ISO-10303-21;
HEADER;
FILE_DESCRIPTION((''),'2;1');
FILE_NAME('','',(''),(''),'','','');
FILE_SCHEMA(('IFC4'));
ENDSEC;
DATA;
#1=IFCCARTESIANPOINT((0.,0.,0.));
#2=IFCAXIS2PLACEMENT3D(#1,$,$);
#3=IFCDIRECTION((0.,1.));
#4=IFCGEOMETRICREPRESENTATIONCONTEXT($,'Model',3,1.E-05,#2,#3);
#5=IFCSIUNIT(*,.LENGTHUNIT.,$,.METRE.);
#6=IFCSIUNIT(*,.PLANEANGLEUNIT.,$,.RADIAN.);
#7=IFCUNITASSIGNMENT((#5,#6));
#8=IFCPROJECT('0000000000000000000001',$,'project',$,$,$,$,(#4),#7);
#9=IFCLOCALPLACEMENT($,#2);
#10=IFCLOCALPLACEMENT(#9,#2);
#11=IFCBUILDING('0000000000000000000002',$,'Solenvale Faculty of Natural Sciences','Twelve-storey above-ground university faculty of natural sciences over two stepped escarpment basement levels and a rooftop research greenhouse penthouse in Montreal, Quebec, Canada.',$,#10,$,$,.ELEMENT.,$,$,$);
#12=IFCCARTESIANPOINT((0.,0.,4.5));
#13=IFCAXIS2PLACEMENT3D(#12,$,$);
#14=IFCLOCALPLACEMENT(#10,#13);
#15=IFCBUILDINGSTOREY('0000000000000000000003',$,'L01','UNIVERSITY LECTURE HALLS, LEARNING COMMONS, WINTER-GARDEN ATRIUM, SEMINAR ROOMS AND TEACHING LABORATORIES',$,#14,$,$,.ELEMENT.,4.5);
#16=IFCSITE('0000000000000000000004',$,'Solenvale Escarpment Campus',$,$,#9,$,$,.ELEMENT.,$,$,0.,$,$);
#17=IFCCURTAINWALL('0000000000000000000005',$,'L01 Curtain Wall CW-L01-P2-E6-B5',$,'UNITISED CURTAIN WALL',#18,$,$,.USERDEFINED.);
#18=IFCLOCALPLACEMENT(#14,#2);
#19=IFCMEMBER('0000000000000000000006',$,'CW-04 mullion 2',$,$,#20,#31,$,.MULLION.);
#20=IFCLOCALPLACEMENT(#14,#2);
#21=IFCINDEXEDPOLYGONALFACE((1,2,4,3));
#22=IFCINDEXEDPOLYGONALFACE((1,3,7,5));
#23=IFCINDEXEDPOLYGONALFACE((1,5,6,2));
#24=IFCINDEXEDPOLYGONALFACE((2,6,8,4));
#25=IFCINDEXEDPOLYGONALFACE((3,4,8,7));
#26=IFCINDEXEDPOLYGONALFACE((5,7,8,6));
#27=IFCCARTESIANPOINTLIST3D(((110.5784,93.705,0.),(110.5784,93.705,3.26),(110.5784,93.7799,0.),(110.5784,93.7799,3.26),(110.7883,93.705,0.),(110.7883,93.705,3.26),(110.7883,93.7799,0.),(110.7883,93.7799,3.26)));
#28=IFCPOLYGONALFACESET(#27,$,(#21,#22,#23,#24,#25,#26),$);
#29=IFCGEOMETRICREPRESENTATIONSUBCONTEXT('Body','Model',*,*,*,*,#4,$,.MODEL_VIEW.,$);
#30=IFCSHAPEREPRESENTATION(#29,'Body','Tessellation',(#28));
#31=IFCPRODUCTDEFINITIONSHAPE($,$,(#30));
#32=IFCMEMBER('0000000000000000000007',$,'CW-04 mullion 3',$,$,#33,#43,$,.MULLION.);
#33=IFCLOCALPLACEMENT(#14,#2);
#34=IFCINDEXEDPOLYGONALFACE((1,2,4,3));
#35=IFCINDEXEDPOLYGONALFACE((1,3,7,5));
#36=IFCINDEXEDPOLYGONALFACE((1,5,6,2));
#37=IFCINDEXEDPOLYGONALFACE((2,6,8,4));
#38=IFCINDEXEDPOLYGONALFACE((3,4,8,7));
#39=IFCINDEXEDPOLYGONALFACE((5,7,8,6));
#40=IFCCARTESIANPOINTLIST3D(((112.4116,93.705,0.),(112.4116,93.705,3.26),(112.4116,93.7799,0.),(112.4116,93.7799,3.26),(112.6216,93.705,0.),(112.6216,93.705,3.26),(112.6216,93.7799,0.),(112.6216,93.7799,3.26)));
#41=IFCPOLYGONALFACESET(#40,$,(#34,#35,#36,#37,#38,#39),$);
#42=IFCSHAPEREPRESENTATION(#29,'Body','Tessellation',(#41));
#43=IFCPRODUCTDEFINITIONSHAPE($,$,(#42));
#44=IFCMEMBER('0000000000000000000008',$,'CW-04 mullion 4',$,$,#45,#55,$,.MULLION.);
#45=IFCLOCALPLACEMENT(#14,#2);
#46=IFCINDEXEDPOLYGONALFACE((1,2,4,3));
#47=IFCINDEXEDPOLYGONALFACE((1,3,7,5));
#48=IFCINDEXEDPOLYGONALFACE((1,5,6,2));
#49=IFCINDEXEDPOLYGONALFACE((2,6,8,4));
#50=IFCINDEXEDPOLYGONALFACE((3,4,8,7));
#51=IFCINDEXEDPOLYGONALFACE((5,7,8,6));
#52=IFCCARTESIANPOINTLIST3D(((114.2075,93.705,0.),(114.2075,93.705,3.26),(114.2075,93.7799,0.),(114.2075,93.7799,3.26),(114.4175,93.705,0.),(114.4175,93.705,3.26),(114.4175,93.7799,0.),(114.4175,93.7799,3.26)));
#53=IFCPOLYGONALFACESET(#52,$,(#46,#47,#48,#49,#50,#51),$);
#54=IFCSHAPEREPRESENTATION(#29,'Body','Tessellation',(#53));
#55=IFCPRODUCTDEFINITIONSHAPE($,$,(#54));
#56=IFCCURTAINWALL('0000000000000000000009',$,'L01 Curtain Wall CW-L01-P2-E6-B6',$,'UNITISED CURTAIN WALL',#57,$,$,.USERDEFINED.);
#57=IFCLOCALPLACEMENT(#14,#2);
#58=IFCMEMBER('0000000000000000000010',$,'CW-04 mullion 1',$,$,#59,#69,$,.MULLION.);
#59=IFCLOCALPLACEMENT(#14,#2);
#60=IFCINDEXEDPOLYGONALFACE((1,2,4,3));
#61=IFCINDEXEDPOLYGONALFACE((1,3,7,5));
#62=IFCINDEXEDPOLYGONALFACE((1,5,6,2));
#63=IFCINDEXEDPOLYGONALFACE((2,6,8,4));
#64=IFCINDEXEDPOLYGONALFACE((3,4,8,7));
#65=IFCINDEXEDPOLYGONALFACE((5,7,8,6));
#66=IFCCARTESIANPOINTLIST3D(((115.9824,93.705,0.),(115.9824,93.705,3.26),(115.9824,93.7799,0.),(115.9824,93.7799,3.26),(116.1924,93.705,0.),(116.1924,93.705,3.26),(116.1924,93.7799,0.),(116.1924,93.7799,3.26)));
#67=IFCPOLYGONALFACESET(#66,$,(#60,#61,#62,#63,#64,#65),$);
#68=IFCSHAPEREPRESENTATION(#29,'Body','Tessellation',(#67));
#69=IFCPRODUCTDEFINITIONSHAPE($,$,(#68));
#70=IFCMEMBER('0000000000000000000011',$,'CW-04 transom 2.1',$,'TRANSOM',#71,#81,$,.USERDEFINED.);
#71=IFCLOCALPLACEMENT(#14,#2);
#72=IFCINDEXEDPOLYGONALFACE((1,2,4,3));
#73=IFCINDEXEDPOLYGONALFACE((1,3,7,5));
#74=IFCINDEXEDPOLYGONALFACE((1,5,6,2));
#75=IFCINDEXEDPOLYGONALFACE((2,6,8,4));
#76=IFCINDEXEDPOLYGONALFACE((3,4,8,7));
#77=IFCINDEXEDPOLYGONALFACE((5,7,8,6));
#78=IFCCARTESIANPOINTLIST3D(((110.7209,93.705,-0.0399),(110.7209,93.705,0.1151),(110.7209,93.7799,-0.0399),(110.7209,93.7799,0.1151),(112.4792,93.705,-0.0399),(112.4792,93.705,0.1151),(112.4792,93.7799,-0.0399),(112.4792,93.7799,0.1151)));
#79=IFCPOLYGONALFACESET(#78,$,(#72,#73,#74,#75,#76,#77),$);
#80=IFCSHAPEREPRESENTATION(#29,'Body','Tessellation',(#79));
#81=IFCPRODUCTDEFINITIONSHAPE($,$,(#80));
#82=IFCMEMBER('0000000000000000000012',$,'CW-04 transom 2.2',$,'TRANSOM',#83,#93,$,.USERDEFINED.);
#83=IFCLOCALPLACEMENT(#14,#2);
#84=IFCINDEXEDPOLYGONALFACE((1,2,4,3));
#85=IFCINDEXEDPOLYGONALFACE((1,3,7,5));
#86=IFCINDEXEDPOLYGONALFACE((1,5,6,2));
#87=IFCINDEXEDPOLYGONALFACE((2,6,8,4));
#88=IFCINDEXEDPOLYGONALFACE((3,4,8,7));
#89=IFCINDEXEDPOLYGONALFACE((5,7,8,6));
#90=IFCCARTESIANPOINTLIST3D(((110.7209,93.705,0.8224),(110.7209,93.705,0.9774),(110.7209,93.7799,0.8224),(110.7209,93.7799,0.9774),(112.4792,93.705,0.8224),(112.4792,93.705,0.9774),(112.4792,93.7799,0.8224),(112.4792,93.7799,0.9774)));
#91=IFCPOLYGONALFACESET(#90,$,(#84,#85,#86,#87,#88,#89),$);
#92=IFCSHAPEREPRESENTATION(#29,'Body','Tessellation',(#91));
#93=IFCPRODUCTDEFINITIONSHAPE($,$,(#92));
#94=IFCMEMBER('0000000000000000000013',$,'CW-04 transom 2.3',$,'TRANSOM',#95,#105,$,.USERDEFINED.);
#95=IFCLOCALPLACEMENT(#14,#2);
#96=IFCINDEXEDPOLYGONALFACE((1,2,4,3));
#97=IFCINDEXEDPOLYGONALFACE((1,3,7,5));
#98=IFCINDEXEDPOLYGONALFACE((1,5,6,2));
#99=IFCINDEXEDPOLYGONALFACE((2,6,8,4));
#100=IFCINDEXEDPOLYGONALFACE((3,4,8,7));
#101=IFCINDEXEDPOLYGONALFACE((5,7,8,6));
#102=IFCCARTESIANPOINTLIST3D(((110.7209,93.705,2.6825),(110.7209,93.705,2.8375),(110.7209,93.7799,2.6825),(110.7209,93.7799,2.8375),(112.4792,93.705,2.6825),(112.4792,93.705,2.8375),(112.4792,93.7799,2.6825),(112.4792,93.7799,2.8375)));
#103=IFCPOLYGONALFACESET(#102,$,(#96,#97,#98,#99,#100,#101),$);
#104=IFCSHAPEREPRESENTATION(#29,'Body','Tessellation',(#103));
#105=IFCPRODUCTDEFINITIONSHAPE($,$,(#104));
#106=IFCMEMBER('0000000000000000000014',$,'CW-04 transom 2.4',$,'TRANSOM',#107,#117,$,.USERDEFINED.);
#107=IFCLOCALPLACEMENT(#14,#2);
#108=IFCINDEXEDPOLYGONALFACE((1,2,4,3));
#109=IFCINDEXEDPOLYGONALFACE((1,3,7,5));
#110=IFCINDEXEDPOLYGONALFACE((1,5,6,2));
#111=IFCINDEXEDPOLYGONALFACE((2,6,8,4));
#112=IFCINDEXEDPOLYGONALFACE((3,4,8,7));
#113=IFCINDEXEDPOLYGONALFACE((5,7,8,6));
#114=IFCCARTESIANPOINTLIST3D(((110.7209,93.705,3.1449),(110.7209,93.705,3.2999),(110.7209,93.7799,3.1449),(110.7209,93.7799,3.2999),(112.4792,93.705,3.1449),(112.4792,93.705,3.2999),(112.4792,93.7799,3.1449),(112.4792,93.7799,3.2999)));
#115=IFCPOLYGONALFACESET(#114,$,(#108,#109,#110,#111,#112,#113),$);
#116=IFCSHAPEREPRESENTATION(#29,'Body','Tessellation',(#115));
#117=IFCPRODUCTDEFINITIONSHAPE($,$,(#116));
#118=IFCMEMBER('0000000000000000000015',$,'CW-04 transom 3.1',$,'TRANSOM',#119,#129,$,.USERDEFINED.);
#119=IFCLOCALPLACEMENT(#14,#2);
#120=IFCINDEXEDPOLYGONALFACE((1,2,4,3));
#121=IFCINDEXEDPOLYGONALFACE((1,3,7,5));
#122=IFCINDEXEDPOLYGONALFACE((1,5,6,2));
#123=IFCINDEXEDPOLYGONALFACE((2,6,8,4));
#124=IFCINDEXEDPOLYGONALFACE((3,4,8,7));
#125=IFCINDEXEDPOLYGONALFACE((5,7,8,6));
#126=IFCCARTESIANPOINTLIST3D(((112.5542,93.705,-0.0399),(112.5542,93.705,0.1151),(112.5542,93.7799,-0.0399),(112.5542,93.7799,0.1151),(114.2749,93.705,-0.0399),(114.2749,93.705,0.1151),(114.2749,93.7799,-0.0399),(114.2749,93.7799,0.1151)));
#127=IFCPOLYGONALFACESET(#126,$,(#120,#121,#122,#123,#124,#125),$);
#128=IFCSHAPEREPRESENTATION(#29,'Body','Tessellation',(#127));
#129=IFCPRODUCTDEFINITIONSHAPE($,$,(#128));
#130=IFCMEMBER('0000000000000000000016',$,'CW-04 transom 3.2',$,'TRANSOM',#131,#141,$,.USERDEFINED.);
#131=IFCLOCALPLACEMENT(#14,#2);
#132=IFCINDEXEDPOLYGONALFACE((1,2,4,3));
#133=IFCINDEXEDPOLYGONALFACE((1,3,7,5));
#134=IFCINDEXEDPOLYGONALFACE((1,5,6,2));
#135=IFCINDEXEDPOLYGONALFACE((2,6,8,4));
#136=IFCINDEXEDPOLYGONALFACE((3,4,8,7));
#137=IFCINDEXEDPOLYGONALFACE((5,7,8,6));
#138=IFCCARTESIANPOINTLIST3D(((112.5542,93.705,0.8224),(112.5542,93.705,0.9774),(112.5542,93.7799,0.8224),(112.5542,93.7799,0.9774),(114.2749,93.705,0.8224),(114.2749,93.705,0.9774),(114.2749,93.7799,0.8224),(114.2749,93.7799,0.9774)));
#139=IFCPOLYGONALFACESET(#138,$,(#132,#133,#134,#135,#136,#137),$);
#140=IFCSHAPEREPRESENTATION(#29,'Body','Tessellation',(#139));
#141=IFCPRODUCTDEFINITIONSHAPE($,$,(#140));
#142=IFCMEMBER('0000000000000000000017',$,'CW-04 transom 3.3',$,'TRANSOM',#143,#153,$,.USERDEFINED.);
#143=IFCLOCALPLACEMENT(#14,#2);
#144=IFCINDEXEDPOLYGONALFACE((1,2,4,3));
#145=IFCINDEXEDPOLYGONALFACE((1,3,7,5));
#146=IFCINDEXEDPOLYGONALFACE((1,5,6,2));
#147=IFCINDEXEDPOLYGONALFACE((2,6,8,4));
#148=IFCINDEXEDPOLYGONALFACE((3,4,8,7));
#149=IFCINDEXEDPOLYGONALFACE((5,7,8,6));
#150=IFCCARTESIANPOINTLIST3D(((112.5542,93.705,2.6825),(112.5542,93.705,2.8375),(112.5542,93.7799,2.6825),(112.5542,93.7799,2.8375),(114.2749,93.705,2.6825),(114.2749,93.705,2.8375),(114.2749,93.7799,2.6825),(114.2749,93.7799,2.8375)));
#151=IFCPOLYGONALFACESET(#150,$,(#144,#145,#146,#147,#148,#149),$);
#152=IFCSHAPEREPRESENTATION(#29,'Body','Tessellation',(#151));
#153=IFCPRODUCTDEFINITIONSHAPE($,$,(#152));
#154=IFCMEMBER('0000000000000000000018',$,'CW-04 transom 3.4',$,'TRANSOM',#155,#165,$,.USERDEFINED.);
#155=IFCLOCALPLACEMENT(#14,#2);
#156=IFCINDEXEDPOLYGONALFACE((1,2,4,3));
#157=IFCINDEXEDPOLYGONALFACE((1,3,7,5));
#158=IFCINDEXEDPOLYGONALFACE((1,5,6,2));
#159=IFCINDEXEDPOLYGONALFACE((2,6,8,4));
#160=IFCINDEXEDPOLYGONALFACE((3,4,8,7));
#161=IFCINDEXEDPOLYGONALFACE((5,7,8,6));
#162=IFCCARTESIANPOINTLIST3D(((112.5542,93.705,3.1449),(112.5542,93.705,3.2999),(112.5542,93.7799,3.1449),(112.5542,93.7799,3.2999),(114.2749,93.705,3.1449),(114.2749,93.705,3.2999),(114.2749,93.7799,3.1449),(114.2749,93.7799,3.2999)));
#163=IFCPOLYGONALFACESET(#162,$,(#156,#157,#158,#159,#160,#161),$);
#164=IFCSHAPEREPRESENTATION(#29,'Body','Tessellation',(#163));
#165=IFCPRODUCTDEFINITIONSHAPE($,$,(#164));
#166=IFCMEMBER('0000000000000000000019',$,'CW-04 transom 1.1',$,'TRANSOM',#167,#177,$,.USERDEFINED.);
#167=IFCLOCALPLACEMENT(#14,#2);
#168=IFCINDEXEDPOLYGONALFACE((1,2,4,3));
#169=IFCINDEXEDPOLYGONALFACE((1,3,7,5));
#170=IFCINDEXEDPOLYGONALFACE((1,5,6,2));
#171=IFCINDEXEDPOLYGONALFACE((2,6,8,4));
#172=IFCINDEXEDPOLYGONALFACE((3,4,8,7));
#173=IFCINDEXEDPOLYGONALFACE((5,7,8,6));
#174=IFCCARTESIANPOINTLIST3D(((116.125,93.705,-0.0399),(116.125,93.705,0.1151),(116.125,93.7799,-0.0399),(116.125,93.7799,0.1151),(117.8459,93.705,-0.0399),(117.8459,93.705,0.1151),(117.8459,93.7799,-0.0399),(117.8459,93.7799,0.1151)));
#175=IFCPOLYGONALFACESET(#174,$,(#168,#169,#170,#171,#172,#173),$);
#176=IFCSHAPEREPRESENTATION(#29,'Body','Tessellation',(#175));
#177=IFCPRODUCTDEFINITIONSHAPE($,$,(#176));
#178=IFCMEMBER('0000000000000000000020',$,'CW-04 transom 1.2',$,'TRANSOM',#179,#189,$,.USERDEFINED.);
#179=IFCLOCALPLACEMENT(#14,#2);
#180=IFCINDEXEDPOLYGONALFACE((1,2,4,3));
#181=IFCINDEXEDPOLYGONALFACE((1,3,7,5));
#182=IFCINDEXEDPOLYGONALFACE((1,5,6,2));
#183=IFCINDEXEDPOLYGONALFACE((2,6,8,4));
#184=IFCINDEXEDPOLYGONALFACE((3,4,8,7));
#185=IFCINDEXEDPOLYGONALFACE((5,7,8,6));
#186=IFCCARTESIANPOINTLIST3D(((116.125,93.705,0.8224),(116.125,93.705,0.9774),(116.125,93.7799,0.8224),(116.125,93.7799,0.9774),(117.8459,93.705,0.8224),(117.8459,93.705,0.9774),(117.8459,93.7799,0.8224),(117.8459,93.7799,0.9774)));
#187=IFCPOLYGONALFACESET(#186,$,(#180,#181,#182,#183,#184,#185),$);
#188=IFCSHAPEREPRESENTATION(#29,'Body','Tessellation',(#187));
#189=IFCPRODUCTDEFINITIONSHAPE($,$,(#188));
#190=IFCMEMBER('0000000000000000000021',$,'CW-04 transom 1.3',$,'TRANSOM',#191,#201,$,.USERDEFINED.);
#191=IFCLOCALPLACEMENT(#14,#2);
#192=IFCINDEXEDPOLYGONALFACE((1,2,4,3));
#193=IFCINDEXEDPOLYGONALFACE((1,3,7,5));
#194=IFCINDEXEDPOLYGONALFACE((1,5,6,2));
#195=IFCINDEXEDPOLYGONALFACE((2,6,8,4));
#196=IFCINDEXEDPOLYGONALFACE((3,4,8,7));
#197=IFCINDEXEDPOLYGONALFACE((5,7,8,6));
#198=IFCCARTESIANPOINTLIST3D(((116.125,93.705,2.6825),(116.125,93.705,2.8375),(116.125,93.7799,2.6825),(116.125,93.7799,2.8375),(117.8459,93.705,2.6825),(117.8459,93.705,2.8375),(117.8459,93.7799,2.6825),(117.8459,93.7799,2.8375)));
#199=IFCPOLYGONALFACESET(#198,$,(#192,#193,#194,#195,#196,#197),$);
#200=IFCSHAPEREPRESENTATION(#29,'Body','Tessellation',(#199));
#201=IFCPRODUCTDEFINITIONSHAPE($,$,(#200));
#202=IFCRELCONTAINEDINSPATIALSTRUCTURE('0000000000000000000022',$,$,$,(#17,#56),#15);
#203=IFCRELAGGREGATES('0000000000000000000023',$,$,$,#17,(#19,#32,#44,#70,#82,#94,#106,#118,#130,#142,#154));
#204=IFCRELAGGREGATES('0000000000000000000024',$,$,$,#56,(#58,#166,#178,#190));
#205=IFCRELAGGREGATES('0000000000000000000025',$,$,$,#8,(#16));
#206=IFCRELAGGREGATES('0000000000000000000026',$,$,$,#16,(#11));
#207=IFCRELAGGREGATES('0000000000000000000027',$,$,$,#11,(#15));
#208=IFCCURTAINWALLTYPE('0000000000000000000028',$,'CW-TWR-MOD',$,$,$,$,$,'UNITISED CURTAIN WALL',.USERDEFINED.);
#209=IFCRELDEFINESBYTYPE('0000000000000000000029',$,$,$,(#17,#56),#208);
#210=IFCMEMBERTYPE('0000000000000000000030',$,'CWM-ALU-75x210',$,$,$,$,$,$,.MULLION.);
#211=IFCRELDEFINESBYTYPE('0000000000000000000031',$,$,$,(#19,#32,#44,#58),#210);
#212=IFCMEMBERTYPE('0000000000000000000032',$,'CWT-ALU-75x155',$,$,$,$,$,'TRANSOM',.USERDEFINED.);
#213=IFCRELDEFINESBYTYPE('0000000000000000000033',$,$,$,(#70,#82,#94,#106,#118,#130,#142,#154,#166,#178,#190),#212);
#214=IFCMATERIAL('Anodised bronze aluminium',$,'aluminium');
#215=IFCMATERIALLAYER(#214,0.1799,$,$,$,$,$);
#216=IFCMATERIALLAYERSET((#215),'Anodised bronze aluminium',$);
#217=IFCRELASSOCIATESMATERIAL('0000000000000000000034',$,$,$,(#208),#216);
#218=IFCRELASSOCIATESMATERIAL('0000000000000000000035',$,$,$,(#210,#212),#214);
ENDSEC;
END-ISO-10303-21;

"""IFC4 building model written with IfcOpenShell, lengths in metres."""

from ifc_helpers import new_model, si_unit, direction, frame, origin, origin_2d, place, context, subcontext, project, spatial, rectangle, extrude, material, layer, layer_set, material_profile, profile_set, type_object, element, aggregate, save


model = new_model("IFC4")

# Units and contexts
model_context = context("Model", 3, precision=1e-05, world=origin(), true_north=direction((0.0, 1.0)))
body_context = subcontext(model_context, "Body", "Model", "MODEL_VIEW")
ifc_project = project(units=[si_unit("LENGTHUNIT", "METRE"), si_unit("PLANEANGLEUNIT", "RADIAN")], contexts=[model_context])

# Site, building, storey
site_placement = place(None, origin())
site = spatial("IfcSite", under=ifc_project, at=site_placement, Name="Solenvale Escarpment Campus", CompositionType="ELEMENT", RefElevation=0.0)
building_placement = place(site_placement, origin())
building = spatial("IfcBuilding", under=site, at=building_placement, Name="Solenvale Faculty of Natural Sciences", Description="Twelve-storey above-ground university faculty of natural sciences over two stepped escarpment basement levels and a rooftop research greenhouse penthouse in Montreal, Quebec, Canada.", CompositionType="ELEMENT")
storey_placement = place(building_placement, frame((0.0, 0.0, 4.5)))
storey = spatial("IfcBuildingStorey", under=building, at=storey_placement, Name="L01", Description="UNIVERSITY LECTURE HALLS, LEARNING COMMONS, WINTER-GARDEN ATRIUM, SEMINAR ROOMS AND TEACHING LABORATORIES", CompositionType="ELEMENT", Elevation=4.5)

# Curtain wall, members
ifc_material_1 = material(Name="Anodised bronze aluminium", Category="aluminium")
ifc_layer_1 = layer(ifc_material_1, 0.1799)
ifc_layer_set_1 = layer_set([ifc_layer_1], Name="Anodised bronze aluminium")
curtain_wall_type = type_object("IfcCurtainWallType", Name="CW-TWR-MOD", ElementType="UNITISED CURTAIN WALL", PredefinedType="USERDEFINED", material=ifc_layer_set_1)
curtain_wall_1_placement = place(storey_placement, origin())
curtain_wall_1 = element("IfcCurtainWall", 1, at=curtain_wall_1_placement, inside=storey, type_object=curtain_wall_type, Name="L01 Curtain Wall CW-L01-P2-E6-B5", ObjectType="UNITISED CURTAIN WALL", PredefinedType="USERDEFINED")
ifc_material_profile_1 = material_profile(ifc_material_1, rectangle(XDim=0.075, YDim=0.21, at=origin_2d()), Name="ALU-MUL-75x210")
ifc_profile_set_1 = profile_set([ifc_material_profile_1], Name="Anodised bronze aluminium")
member_type_1 = type_object("IfcMemberType", Name="CWM-ALU-75x210", PredefinedType="MULLION", material=ifc_profile_set_1)
member_1_placement = place(storey_placement, frame((110.6833, 93.7424, 0.0), z_axis=(0.0, 0.0, 1.0), x_axis=(0.0, 1.0, 0.0)))
member_1 = element("IfcMember", 2, at=member_1_placement, type_object=member_type_1, Name="CW-04 mullion 2", PredefinedType="MULLION", context=body_context, shape_type="SweptSolid", body=[
    extrude(rectangle(XDim=0.075, YDim=0.21, at=origin_2d()), origin(), (0.0, 0.0, 1.0), 3.26),
])
member_2_placement = place(storey_placement, frame((112.5166, 93.7424, 0.0), z_axis=(0.0, 0.0, 1.0), x_axis=(0.0, 1.0, 0.0)))
member_2 = element("IfcMember", 3, at=member_2_placement, type_object=member_type_1, Name="CW-04 mullion 3", PredefinedType="MULLION", context=body_context, shape_type="SweptSolid", body=[
    extrude(rectangle(XDim=0.075, YDim=0.21, at=origin_2d()), origin(), (0.0, 0.0, 1.0), 3.26),
])
member_3_placement = place(storey_placement, frame((114.3125, 93.7424, 0.0), z_axis=(0.0, 0.0, 1.0), x_axis=(0.0, 1.0, 0.0)))
member_3 = element("IfcMember", 4, at=member_3_placement, type_object=member_type_1, Name="CW-04 mullion 4", PredefinedType="MULLION", context=body_context, shape_type="SweptSolid", body=[
    extrude(rectangle(XDim=0.075, YDim=0.21, at=origin_2d()), origin(), (0.0, 0.0, 1.0), 3.26),
])

# Curtain wall, member
curtain_wall_2_placement = place(storey_placement, origin())
curtain_wall_2 = element("IfcCurtainWall", 5, at=curtain_wall_2_placement, inside=storey, type_object=curtain_wall_type, Name="L01 Curtain Wall CW-L01-P2-E6-B6", ObjectType="UNITISED CURTAIN WALL", PredefinedType="USERDEFINED")
member_4_placement = place(storey_placement, frame((116.0874, 93.7424, 0.0), z_axis=(0.0, 0.0, 1.0), x_axis=(0.0, 1.0, 0.0)))
member_4 = element("IfcMember", 6, at=member_4_placement, type_object=member_type_1, Name="CW-04 mullion 1", PredefinedType="MULLION", context=body_context, shape_type="SweptSolid", body=[
    extrude(rectangle(XDim=0.075, YDim=0.21, at=origin_2d()), origin(), (0.0, 0.0, 1.0), 3.26),
])

# Members
ifc_material_profile_2 = material_profile(ifc_material_1, rectangle(XDim=0.075, YDim=0.155, at=origin_2d()), Name="ALU-TRN-75x155")
ifc_profile_set_2 = profile_set([ifc_material_profile_2], Name="Anodised bronze aluminium")
member_type_2 = type_object("IfcMemberType", Name="CWT-ALU-75x155", ElementType="TRANSOM", PredefinedType="USERDEFINED", material=ifc_profile_set_2)
member_5_placement = place(storey_placement, frame((110.7209, 93.7424, 0.0376), z_axis=(1.0, 0.0, 0.0), x_axis=(0.0, 1.0, 0.0)))
member_5 = element("IfcMember", 7, at=member_5_placement, type_object=member_type_2, Name="CW-04 transom 2.1", ObjectType="TRANSOM", PredefinedType="USERDEFINED", context=body_context, shape_type="SweptSolid", body=[
    extrude(rectangle(XDim=0.075, YDim=0.155, at=origin_2d()), origin(), (0.0, 0.0, 1.0), 1.7583),
])
member_6_placement = place(storey_placement, frame((110.7209, 93.7424, 0.8999), z_axis=(1.0, 0.0, 0.0), x_axis=(0.0, 1.0, 0.0)))
member_6 = element("IfcMember", 8, at=member_6_placement, type_object=member_type_2, Name="CW-04 transom 2.2", ObjectType="TRANSOM", PredefinedType="USERDEFINED", context=body_context, shape_type="SweptSolid", body=[
    extrude(rectangle(XDim=0.075, YDim=0.155, at=origin_2d()), origin(), (0.0, 0.0, 1.0), 1.7583),
])
member_7_placement = place(storey_placement, frame((110.7209, 93.7424, 2.76), z_axis=(1.0, 0.0, 0.0), x_axis=(0.0, 1.0, 0.0)))
member_7 = element("IfcMember", 9, at=member_7_placement, type_object=member_type_2, Name="CW-04 transom 2.3", ObjectType="TRANSOM", PredefinedType="USERDEFINED", context=body_context, shape_type="SweptSolid", body=[
    extrude(rectangle(XDim=0.075, YDim=0.155, at=origin_2d()), origin(), (0.0, 0.0, 1.0), 1.7583),
])
member_8_placement = place(storey_placement, frame((110.7209, 93.7424, 3.2224), z_axis=(1.0, 0.0, 0.0), x_axis=(0.0, 1.0, 0.0)))
member_8 = element("IfcMember", 10, at=member_8_placement, type_object=member_type_2, Name="CW-04 transom 2.4", ObjectType="TRANSOM", PredefinedType="USERDEFINED", context=body_context, shape_type="SweptSolid", body=[
    extrude(rectangle(XDim=0.075, YDim=0.155, at=origin_2d()), origin(), (0.0, 0.0, 1.0), 1.7583),
])
member_9_placement = place(storey_placement, frame((112.5542, 93.7424, 0.0376), z_axis=(1.0, 0.0, 0.0), x_axis=(0.0, 1.0, 0.0)))
member_9 = element("IfcMember", 11, at=member_9_placement, type_object=member_type_2, Name="CW-04 transom 3.1", ObjectType="TRANSOM", PredefinedType="USERDEFINED", context=body_context, shape_type="SweptSolid", body=[
    extrude(rectangle(XDim=0.075, YDim=0.155, at=origin_2d()), origin(), (0.0, 0.0, 1.0), 1.7207),
])
member_10_placement = place(storey_placement, frame((112.5542, 93.7424, 0.8999), z_axis=(1.0, 0.0, 0.0), x_axis=(0.0, 1.0, 0.0)))
member_10 = element("IfcMember", 12, at=member_10_placement, type_object=member_type_2, Name="CW-04 transom 3.2", ObjectType="TRANSOM", PredefinedType="USERDEFINED", context=body_context, shape_type="SweptSolid", body=[
    extrude(rectangle(XDim=0.075, YDim=0.155, at=origin_2d()), origin(), (0.0, 0.0, 1.0), 1.7207),
])
member_11_placement = place(storey_placement, frame((112.5542, 93.7424, 2.76), z_axis=(1.0, 0.0, 0.0), x_axis=(0.0, 1.0, 0.0)))
member_11 = element("IfcMember", 13, at=member_11_placement, type_object=member_type_2, Name="CW-04 transom 3.3", ObjectType="TRANSOM", PredefinedType="USERDEFINED", context=body_context, shape_type="SweptSolid", body=[
    extrude(rectangle(XDim=0.075, YDim=0.155, at=origin_2d()), origin(), (0.0, 0.0, 1.0), 1.7207),
])
member_12_placement = place(storey_placement, frame((112.5542, 93.7424, 3.2224), z_axis=(1.0, 0.0, 0.0), x_axis=(0.0, 1.0, 0.0)))
member_12 = element("IfcMember", 14, at=member_12_placement, type_object=member_type_2, Name="CW-04 transom 3.4", ObjectType="TRANSOM", PredefinedType="USERDEFINED", context=body_context, shape_type="SweptSolid", body=[
    extrude(rectangle(XDim=0.075, YDim=0.155, at=origin_2d()), origin(), (0.0, 0.0, 1.0), 1.7207),
])
member_13_placement = place(storey_placement, frame((116.125, 93.7424, 0.0376), z_axis=(1.0, 0.0, 0.0), x_axis=(0.0, 1.0, 0.0)))
member_13 = element("IfcMember", 15, at=member_13_placement, type_object=member_type_2, Name="CW-04 transom 1.1", ObjectType="TRANSOM", PredefinedType="USERDEFINED", context=body_context, shape_type="SweptSolid", body=[
    extrude(rectangle(XDim=0.075, YDim=0.155, at=origin_2d()), origin(), (0.0, 0.0, 1.0), 1.7209),
])
member_14_placement = place(storey_placement, frame((116.125, 93.7424, 0.8999), z_axis=(1.0, 0.0, 0.0), x_axis=(0.0, 1.0, 0.0)))
member_14 = element("IfcMember", 16, at=member_14_placement, type_object=member_type_2, Name="CW-04 transom 1.2", ObjectType="TRANSOM", PredefinedType="USERDEFINED", context=body_context, shape_type="SweptSolid", body=[
    extrude(rectangle(XDim=0.075, YDim=0.155, at=origin_2d()), origin(), (0.0, 0.0, 1.0), 1.7209),
])
member_15_placement = place(storey_placement, frame((116.125, 93.7424, 2.76), z_axis=(1.0, 0.0, 0.0), x_axis=(0.0, 1.0, 0.0)))
member_15 = element("IfcMember", 17, at=member_15_placement, type_object=member_type_2, Name="CW-04 transom 1.3", ObjectType="TRANSOM", PredefinedType="USERDEFINED", context=body_context, shape_type="SweptSolid", body=[
    extrude(rectangle(XDim=0.075, YDim=0.155, at=origin_2d()), origin(), (0.0, 0.0, 1.0), 1.7209),
])

aggregate(curtain_wall_1, [member_1, member_2, member_3, member_5, member_6, member_7, member_8, member_9, member_10, member_11, member_12])
aggregate(curtain_wall_2, [member_4, member_13, member_14, member_15])

save(model, "model.ifc")
